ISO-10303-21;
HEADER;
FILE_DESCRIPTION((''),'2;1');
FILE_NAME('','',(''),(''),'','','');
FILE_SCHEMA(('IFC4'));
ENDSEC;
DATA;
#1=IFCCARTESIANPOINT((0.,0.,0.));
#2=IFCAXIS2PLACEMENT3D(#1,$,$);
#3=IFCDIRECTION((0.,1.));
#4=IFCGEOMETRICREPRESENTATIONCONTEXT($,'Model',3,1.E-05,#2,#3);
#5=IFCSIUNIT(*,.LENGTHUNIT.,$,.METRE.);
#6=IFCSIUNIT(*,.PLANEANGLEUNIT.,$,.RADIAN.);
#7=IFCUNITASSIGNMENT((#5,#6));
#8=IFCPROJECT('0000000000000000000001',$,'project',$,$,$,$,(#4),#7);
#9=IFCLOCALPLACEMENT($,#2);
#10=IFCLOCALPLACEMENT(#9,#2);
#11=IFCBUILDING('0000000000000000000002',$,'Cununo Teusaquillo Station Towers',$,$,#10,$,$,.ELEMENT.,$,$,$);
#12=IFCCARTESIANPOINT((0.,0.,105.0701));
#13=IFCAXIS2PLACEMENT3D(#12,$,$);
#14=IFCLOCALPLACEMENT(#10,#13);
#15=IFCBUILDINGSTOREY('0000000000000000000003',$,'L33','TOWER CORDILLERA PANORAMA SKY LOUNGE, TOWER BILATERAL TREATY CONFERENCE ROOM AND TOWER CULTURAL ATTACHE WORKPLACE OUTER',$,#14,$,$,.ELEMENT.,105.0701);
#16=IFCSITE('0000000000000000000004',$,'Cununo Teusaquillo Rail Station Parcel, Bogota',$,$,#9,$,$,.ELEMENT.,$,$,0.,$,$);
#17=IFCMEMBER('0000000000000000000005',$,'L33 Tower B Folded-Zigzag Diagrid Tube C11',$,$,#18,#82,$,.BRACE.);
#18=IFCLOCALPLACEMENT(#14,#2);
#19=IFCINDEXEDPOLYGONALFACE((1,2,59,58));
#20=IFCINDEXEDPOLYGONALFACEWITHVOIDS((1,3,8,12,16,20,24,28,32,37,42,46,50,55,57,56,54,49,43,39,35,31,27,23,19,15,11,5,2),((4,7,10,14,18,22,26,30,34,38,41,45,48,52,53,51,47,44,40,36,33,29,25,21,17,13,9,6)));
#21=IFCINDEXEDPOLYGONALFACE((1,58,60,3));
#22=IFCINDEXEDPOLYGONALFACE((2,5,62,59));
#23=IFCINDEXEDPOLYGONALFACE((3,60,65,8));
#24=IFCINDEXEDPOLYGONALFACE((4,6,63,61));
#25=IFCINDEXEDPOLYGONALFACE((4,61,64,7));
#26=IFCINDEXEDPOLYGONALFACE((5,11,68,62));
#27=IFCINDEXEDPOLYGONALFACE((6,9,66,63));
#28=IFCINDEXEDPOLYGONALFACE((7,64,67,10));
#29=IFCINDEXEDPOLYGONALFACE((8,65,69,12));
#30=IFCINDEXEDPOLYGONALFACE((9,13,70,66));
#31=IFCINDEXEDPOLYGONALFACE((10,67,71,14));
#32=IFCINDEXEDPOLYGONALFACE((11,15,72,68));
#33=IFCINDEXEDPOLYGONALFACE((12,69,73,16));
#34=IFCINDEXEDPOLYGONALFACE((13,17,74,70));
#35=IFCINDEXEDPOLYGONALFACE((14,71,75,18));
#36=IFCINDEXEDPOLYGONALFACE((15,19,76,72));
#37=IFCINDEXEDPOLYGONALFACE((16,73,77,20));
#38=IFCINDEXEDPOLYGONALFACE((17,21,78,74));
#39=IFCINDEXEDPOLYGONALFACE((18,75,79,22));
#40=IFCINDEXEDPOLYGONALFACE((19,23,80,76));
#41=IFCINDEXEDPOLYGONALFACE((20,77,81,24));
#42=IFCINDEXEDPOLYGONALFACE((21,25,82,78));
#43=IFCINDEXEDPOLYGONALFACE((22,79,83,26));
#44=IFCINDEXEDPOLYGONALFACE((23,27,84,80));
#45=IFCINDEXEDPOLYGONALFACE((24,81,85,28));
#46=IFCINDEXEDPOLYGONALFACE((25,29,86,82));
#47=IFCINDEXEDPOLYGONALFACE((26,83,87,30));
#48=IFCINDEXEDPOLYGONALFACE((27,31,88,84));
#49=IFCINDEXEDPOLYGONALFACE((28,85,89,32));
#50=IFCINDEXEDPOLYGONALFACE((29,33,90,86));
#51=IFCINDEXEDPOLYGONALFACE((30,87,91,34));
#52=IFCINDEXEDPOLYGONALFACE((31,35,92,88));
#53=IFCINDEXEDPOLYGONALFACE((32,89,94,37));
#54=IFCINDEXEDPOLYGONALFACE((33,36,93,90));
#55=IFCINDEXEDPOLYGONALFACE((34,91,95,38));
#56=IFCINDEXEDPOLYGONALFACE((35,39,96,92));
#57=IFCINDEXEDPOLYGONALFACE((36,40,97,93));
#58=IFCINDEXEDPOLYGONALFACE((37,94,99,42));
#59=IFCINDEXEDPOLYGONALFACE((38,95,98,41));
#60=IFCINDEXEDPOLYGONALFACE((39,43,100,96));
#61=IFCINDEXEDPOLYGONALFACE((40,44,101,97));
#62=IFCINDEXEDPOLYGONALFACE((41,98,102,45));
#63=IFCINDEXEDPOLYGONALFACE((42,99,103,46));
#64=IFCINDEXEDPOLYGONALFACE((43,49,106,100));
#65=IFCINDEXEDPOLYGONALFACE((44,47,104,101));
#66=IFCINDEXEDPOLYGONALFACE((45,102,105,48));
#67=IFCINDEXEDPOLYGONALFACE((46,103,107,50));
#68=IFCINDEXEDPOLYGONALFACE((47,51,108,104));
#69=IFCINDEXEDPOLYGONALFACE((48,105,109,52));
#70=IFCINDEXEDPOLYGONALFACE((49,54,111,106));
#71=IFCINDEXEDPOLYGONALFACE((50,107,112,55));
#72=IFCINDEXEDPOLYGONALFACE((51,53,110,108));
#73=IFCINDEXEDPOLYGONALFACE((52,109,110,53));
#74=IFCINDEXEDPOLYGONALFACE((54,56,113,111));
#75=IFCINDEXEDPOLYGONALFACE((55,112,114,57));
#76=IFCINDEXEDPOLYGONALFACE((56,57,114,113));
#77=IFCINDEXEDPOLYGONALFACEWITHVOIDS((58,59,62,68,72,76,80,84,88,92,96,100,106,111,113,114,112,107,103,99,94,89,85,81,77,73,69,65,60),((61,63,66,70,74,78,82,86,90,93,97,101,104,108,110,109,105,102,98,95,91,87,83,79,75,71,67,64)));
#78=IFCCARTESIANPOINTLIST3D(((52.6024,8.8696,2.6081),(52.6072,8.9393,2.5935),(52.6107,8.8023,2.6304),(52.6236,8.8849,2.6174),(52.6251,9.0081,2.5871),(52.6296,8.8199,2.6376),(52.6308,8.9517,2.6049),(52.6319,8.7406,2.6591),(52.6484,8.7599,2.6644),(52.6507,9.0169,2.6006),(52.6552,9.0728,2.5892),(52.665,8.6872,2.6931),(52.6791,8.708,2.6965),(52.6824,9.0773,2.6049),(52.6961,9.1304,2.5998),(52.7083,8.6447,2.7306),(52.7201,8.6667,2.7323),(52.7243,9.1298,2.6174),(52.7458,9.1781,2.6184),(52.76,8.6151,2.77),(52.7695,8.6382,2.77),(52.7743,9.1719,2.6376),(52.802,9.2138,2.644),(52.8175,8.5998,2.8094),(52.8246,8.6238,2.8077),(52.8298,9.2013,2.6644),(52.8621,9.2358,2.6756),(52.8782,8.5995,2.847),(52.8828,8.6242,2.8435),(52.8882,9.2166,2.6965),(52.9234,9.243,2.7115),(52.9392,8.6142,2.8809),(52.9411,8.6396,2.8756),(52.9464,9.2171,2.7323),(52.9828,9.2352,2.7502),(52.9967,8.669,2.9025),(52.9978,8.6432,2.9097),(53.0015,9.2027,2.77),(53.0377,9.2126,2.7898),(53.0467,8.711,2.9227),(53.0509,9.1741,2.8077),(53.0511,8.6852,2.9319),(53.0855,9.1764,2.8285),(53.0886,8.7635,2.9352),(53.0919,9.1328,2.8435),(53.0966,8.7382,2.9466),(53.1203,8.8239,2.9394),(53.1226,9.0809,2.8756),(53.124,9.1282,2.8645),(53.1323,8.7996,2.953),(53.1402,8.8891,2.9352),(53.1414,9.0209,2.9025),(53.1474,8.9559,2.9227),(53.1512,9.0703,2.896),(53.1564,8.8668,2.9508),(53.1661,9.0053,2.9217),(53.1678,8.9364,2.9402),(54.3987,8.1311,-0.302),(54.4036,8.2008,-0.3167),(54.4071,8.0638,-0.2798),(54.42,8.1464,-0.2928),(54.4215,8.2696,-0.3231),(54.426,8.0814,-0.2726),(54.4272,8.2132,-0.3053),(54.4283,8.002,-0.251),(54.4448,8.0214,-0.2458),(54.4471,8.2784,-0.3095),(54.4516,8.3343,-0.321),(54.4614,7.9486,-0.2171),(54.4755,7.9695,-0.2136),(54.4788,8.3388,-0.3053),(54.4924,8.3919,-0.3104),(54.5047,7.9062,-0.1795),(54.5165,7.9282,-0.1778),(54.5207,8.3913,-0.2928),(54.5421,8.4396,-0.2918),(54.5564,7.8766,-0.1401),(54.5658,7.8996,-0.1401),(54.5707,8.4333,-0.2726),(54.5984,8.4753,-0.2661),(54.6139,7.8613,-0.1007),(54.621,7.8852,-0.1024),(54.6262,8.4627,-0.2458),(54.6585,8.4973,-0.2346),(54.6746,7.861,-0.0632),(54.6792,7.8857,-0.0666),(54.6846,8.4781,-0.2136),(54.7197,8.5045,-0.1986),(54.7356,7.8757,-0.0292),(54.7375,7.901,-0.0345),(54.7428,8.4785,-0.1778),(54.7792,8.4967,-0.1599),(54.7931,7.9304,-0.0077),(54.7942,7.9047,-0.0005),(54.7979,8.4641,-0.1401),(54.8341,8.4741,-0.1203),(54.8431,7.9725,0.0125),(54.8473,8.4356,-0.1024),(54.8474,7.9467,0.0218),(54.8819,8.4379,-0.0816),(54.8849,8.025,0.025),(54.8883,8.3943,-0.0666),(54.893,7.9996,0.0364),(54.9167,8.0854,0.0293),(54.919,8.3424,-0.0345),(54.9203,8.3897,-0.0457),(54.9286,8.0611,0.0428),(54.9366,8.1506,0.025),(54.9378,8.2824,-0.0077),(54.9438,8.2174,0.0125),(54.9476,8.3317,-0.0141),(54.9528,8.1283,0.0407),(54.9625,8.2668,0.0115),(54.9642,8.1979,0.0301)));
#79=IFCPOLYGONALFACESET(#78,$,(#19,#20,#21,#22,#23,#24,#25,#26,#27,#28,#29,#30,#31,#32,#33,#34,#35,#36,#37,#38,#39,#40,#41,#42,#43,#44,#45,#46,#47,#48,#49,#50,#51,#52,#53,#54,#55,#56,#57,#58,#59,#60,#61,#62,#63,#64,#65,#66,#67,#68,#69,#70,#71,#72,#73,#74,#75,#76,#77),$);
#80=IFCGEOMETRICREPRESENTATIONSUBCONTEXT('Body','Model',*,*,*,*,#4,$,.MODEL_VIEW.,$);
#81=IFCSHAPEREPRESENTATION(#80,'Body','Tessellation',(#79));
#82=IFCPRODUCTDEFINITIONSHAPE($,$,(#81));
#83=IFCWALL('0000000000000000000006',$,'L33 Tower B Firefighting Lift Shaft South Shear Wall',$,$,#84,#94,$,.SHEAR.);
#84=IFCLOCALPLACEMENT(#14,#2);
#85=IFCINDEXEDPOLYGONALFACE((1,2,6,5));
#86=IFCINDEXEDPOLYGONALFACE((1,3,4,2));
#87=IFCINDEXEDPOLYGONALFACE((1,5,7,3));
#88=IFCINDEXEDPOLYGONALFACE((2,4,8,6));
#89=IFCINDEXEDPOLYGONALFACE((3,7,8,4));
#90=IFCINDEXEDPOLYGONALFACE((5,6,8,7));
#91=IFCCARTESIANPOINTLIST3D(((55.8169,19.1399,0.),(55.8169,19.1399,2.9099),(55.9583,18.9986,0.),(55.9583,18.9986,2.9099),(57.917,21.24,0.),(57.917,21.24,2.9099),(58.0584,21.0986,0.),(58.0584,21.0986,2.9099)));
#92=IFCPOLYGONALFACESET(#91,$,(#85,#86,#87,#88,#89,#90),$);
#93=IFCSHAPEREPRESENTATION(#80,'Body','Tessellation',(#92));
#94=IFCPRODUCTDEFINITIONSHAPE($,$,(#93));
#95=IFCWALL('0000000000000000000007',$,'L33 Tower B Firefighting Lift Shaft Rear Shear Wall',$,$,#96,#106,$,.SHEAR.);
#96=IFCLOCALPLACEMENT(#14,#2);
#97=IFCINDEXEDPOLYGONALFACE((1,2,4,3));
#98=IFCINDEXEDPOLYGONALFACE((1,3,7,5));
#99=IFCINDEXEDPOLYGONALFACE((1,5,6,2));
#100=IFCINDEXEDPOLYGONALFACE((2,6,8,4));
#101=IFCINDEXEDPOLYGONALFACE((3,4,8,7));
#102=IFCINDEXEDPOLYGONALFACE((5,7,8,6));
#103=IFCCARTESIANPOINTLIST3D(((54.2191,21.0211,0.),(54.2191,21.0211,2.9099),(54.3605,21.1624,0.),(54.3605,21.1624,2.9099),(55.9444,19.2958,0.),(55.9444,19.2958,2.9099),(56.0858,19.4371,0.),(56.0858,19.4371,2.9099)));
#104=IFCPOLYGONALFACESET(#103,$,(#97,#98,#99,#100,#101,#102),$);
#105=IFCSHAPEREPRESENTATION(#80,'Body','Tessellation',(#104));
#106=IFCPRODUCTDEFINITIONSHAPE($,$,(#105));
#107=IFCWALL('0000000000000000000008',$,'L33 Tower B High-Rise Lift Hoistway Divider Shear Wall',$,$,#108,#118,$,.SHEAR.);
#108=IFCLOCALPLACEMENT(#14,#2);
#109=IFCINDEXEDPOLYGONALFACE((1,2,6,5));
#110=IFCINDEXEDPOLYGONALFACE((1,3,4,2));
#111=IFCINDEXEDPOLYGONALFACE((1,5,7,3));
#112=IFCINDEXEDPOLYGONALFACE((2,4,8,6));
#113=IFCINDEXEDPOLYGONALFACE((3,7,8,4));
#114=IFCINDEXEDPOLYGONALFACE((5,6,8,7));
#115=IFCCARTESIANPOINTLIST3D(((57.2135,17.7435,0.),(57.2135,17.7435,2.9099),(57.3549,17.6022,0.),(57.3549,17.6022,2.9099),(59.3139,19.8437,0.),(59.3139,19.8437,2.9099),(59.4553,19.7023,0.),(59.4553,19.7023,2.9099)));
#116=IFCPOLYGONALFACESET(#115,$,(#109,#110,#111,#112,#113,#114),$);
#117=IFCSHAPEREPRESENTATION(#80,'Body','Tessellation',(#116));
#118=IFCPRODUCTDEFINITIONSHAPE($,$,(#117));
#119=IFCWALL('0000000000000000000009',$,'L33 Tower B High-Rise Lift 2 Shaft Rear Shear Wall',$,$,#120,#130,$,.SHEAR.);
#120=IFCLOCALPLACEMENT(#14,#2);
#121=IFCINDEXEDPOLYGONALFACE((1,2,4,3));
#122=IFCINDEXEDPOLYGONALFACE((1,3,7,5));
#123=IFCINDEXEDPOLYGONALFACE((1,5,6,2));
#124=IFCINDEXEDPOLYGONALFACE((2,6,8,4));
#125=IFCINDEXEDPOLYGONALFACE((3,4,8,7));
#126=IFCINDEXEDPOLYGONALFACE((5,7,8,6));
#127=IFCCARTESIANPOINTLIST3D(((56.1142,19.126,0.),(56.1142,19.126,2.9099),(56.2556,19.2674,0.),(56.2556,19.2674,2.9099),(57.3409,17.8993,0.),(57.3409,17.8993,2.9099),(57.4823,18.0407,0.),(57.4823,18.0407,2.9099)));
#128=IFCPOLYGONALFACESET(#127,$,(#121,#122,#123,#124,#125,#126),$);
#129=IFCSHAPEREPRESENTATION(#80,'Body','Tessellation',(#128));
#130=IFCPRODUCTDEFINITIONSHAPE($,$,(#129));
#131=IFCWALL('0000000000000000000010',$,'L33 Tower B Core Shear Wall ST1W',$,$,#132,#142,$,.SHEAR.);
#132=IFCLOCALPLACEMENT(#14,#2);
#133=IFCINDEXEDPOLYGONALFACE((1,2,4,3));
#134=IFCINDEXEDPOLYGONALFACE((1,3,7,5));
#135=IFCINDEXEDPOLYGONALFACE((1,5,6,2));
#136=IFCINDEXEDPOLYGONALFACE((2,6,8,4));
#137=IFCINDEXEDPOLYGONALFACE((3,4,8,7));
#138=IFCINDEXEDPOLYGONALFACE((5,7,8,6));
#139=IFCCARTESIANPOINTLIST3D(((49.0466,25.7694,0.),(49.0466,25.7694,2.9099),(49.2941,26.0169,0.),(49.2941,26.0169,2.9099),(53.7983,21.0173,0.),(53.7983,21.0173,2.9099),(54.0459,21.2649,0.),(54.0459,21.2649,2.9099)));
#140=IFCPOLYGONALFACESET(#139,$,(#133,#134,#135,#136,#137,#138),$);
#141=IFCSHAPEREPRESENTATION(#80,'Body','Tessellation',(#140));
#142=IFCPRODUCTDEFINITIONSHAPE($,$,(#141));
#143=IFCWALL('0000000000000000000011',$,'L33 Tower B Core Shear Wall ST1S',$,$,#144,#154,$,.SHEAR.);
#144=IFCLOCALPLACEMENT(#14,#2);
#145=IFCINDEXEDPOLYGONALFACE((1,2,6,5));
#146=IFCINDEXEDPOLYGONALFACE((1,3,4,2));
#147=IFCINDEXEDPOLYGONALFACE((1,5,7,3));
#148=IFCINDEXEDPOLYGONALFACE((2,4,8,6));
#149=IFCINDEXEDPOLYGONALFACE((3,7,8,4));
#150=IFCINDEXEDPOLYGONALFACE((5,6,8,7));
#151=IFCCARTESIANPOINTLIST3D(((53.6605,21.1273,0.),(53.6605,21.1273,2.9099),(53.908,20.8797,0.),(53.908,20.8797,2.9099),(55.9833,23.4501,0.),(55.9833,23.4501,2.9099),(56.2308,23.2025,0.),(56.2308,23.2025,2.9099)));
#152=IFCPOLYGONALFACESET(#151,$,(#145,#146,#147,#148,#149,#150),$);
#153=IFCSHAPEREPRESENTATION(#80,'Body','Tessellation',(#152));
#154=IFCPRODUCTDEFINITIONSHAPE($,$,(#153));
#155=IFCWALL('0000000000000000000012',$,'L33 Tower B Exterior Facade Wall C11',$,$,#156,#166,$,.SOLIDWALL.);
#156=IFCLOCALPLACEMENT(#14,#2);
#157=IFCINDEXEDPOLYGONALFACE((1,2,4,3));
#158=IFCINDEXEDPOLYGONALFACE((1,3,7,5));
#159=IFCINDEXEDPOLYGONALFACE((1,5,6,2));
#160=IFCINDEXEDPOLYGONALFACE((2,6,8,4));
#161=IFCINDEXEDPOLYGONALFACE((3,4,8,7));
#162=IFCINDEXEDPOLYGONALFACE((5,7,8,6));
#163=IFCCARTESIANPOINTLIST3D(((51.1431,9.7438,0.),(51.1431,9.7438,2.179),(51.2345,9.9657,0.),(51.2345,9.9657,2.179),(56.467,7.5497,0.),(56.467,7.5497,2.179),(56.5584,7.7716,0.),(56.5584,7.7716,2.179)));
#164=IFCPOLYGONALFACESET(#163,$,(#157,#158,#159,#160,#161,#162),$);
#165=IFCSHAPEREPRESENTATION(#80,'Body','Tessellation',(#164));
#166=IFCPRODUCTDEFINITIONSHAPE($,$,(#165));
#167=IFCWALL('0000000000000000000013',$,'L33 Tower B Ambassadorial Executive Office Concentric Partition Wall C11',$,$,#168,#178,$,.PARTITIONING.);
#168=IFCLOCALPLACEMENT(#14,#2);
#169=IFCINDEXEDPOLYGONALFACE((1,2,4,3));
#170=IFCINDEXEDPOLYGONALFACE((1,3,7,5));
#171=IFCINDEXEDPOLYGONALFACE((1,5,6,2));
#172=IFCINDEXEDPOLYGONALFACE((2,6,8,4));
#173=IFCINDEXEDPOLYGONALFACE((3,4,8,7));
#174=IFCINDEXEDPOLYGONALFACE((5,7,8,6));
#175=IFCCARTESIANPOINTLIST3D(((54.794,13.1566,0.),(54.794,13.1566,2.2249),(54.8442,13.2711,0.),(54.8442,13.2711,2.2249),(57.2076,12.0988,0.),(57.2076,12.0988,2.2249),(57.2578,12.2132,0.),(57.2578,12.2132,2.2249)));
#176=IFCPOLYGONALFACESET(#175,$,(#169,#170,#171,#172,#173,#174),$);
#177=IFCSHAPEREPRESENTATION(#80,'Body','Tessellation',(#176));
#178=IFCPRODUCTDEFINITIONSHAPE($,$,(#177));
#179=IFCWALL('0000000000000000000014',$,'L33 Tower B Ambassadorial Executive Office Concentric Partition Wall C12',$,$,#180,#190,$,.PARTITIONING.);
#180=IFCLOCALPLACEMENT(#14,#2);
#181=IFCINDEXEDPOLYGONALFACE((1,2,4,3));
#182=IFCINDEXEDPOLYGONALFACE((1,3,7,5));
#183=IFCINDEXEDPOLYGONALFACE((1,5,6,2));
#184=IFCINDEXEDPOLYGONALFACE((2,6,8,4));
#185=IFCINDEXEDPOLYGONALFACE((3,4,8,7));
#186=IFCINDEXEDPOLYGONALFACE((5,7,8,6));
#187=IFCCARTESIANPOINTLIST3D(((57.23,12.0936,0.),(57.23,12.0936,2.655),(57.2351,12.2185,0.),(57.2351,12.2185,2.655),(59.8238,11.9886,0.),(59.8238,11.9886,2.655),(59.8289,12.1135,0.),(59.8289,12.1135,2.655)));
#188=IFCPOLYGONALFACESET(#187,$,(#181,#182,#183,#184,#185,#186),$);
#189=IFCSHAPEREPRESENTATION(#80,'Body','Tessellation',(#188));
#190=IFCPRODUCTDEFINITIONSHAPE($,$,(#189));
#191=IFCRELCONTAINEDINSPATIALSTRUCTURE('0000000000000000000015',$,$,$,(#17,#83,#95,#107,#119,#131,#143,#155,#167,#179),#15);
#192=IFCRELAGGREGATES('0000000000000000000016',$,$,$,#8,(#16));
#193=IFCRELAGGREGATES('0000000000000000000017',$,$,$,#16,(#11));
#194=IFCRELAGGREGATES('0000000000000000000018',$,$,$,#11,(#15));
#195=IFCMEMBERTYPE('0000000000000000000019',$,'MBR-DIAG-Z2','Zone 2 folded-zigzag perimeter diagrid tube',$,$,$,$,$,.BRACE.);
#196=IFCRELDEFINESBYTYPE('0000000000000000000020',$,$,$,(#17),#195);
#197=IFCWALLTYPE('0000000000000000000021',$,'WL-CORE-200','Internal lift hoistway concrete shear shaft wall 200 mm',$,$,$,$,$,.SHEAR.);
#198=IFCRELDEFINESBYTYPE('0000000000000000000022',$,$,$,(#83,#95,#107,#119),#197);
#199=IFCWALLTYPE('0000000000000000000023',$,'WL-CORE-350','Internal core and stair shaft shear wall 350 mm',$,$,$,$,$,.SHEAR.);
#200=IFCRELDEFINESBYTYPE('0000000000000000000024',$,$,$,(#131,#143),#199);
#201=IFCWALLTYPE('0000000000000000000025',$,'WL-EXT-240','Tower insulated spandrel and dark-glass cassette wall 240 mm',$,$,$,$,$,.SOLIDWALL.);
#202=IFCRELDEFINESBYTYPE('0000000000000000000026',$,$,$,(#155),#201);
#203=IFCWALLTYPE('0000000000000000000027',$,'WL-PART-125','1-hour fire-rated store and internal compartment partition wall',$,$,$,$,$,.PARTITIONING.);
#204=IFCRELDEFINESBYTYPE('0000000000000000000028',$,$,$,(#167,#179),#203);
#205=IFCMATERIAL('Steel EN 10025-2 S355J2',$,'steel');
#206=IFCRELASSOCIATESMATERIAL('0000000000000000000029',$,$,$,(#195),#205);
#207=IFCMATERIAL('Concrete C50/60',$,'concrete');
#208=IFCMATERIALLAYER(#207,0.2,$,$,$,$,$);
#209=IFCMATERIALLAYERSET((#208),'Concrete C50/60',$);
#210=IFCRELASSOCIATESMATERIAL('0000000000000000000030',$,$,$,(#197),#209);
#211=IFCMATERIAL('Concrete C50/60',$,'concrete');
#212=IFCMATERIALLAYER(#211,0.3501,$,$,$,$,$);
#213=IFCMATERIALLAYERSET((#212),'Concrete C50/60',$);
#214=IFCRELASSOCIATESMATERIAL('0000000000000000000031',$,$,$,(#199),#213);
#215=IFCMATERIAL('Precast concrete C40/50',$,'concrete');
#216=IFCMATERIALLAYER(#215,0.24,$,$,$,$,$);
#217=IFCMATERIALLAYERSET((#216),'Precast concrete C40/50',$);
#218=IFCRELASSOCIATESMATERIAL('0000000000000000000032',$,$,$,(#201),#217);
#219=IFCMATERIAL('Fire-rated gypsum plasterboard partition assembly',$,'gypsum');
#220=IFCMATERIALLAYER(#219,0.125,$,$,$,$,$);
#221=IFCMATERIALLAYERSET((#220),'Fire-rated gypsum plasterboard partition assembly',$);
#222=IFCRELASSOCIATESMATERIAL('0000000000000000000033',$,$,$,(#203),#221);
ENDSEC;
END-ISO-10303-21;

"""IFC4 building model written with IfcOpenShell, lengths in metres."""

from ifc_helpers import new_model, si_unit, direction, frame, frame_2d, origin, origin_2d, place, context, subcontext, project, spatial, rectangle, hollow_circle, extrude, material, layer, layer_set, material_profile, profile_set, type_object, element, save


model = new_model("IFC4")

# Units and contexts
model_context = context("Model", 3, precision=1e-05, world=origin(), true_north=direction((0.0, 1.0)))
body_context = subcontext(model_context, "Body", "Model", "MODEL_VIEW")
ifc_project = project(units=[si_unit("LENGTHUNIT", "METRE"), si_unit("PLANEANGLEUNIT", "RADIAN")], contexts=[model_context])

# Site, building, storey
site_placement = place(None, origin())
site = spatial("IfcSite", under=ifc_project, at=site_placement, Name="Cununo Teusaquillo Rail Station Parcel, Bogota", CompositionType="ELEMENT", RefElevation=0.0)
building_placement = place(site_placement, origin())
building = spatial("IfcBuilding", under=site, at=building_placement, Name="Cununo Teusaquillo Station Towers", CompositionType="ELEMENT")
storey_placement = place(building_placement, frame((0.0, 0.0, 105.0701)))
storey = spatial("IfcBuildingStorey", under=building, at=storey_placement, Name="L33", Description="TOWER CORDILLERA PANORAMA SKY LOUNGE, TOWER BILATERAL TREATY CONFERENCE ROOM AND TOWER CULTURAL ATTACHE WORKPLACE OUTER", CompositionType="ELEMENT", Elevation=105.0701)

# Member
ifc_material_1 = material(Name="Steel EN 10025-2 S355J2", Category="steel")
ifc_material_profile_1 = material_profile(ifc_material_1, hollow_circle(Radius=0.3301, WallThickness=0.0249, at=origin_2d()), Name="CHS 660x25")
ifc_profile_set_1 = profile_set([ifc_material_profile_1], Name="Steel EN 10025-2 S355J2")
member_type = type_object("IfcMemberType", Name="MBR-DIAG-Z2", Description="Zone 2 folded-zigzag perimeter diagrid tube", PredefinedType="BRACE", material=ifc_profile_set_1)
member_placement = place(storey_placement, frame((54.6819, 8.1819, -0.1401), z_axis=(-0.513433, 0.211081, 0.831764), x_axis=(-0.380238, -0.924889, 0.0)))
element("IfcMember", 1, at=member_placement, inside=storey, type_object=member_type, Name="L33 Tower B Folded-Zigzag Diagrid Tube C11", PredefinedType="BRACE", context=body_context, shape_type="SweptSolid", body=[
    extrude(hollow_circle(Radius=0.3301, WallThickness=0.0249, at=origin_2d()), origin(), (0.0, 0.0, 1.0), 3.4988),
])

# Walls
ifc_material_2 = material(Name="Concrete C50/60", Category="concrete")
ifc_layer_1 = layer(ifc_material_2, 0.2)
ifc_layer_set_1 = layer_set([ifc_layer_1], Name="Concrete C50/60")
wall_type_1 = type_object("IfcWallType", Name="WL-CORE-200", Description="Internal lift hoistway concrete shear shaft wall 200 mm", PredefinedType="SHEAR", material=ifc_layer_set_1)
wall_1_placement = place(storey_placement, frame((55.8877, 19.0693, 0.0), z_axis=(0.0, 0.0, 1.0), x_axis=(0.707107, 0.707107, 0.0)))
element("IfcWall", 2, at=wall_1_placement, inside=storey, type_object=wall_type_1, Name="L33 Tower B Firefighting Lift Shaft South Shear Wall", PredefinedType="SHEAR", context=body_context, shape_type="SweptSolid", body=[
    extrude(rectangle(XDim=2.97, YDim=0.2, at=frame_2d((1.4849, 0.0))), origin(), (0.0, 0.0, 1.0), 2.9099),
])
wall_2_placement = place(storey_placement, frame((56.0151, 19.3665, 0.0), z_axis=(0.0, 0.0, 1.0), x_axis=(-0.707107, 0.707107, 0.0)))
element("IfcWall", 3, at=wall_2_placement, inside=storey, type_object=wall_type_1, Name="L33 Tower B Firefighting Lift Shaft Rear Shear Wall", PredefinedType="SHEAR", context=body_context, shape_type="SweptSolid", body=[
    extrude(rectangle(XDim=2.4399, YDim=0.2, at=frame_2d((1.22, 0.0))), origin(), (0.0, 0.0, 1.0), 2.9099),
])
wall_3_placement = place(storey_placement, frame((57.2842, 17.6729, 0.0), z_axis=(0.0, 0.0, 1.0), x_axis=(0.707148, 0.707066, 0.0)))
element("IfcWall", 4, at=wall_3_placement, inside=storey, type_object=wall_type_1, Name="L33 Tower B High-Rise Lift Hoistway Divider Shear Wall", PredefinedType="SHEAR", context=body_context, shape_type="SweptSolid", body=[
    extrude(rectangle(XDim=2.9702, YDim=0.2, at=frame_2d((1.4851, 0.0))), origin(), (0.0, 0.0, 1.0), 2.9099),
])
wall_4_placement = place(storey_placement, frame((57.4116, 17.97, 0.0), z_axis=(0.0, 0.0, 1.0), x_axis=(-0.707107, 0.707107, 0.0)))
element("IfcWall", 5, at=wall_4_placement, inside=storey, type_object=wall_type_1, Name="L33 Tower B High-Rise Lift 2 Shaft Rear Shear Wall", PredefinedType="SHEAR", context=body_context, shape_type="SweptSolid", body=[
    extrude(rectangle(XDim=1.7349, YDim=0.2, at=frame_2d((0.8674, 0.0))), origin(), (0.0, 0.0, 1.0), 2.9099),
])
ifc_material_3 = material(Name="Concrete C50/60", Category="concrete")
ifc_layer_2 = layer(ifc_material_3, 0.3501)
ifc_layer_set_2 = layer_set([ifc_layer_2], Name="Concrete C50/60")
wall_type_2 = type_object("IfcWallType", Name="WL-CORE-350", Description="Internal core and stair shaft shear wall 350 mm", PredefinedType="SHEAR", material=ifc_layer_set_2)
wall_5_placement = place(storey_placement, frame((53.9221, 21.1411, 0.0), z_axis=(0.0, 0.0, 1.0), x_axis=(-0.707089, 0.707125, 0.0)))
element("IfcWall", 6, at=wall_5_placement, inside=storey, type_object=wall_type_2, Name="L33 Tower B Core Shear Wall ST1W", PredefinedType="SHEAR", context=body_context, shape_type="SweptSolid", body=[
    extrude(rectangle(XDim=6.7202, YDim=0.3501, at=frame_2d((3.3601, 0.0))), origin(), (0.0, 0.0, 1.0), 2.9099),
])
wall_6_placement = place(storey_placement, frame((53.7842, 21.0034, 0.0), z_axis=(0.0, 0.0, 1.0), x_axis=(0.707107, 0.707107, 0.0)))
element("IfcWall", 7, at=wall_6_placement, inside=storey, type_object=wall_type_2, Name="L33 Tower B Core Shear Wall ST1S", PredefinedType="SHEAR", context=body_context, shape_type="SweptSolid", body=[
    extrude(rectangle(XDim=3.2849, YDim=0.3501, at=frame_2d((1.6426, 0.0))), origin(), (0.0, 0.0, 1.0), 2.9099),
])
ifc_material_4 = material(Name="Precast concrete C40/50", Category="concrete")
ifc_layer_3 = layer(ifc_material_4, 0.24)
ifc_layer_set_3 = layer_set([ifc_layer_3], Name="Precast concrete C40/50")
wall_type_3 = type_object("IfcWallType", Name="WL-EXT-240", Description="Tower insulated spandrel and dark-glass cassette wall 240 mm", PredefinedType="SOLIDWALL", material=ifc_layer_set_3)
wall_7_placement = place(storey_placement, frame((56.5127, 7.6606, 0.0), z_axis=(0.0, 0.0, 1.0), x_axis=(-0.924564, 0.381027, 0.0)))
element("IfcWall", 8, at=wall_7_placement, inside=storey, type_object=wall_type_3, Name="L33 Tower B Exterior Facade Wall C11", PredefinedType="SOLIDWALL", context=body_context, shape_type="SweptSolid", body=[
    extrude(rectangle(XDim=5.7583, YDim=0.24, at=frame_2d((2.8792, 0.0))), origin(), (0.0, 0.0, 1.0), 2.179),
])
ifc_material_5 = material(Name="Fire-rated gypsum plasterboard partition assembly", Category="gypsum")
ifc_layer_4 = layer(ifc_material_5, 0.125)
ifc_layer_set_4 = layer_set([ifc_layer_4], Name="Fire-rated gypsum plasterboard partition assembly")
wall_type_4 = type_object("IfcWallType", Name="WL-PART-125", Description="1-hour fire-rated store and internal compartment partition wall", PredefinedType="PARTITIONING", material=ifc_layer_set_4)
wall_8_placement = place(storey_placement, frame((54.8191, 13.2139, 0.0), z_axis=(0.0, 0.0, 1.0), x_axis=(0.915889, -0.401431, 0.0)))
element("IfcWall", 9, at=wall_8_placement, inside=storey, type_object=wall_type_4, Name="L33 Tower B Ambassadorial Executive Office Concentric Partition Wall C11", PredefinedType="PARTITIONING", context=body_context, shape_type="SweptSolid", body=[
    extrude(rectangle(XDim=2.6353, YDim=0.125, at=frame_2d((1.3176, 0.0))), origin(), (0.0, 0.0, 1.0), 2.2249),
])
wall_9_placement = place(storey_placement, frame((57.2327, 12.156, 0.0), z_axis=(0.0, 0.0, 1.0), x_axis=(0.999182, -0.040441, 0.0)))
element("IfcWall", 10, at=wall_9_placement, inside=storey, type_object=wall_type_4, Name="L33 Tower B Ambassadorial Executive Office Concentric Partition Wall C12", PredefinedType="PARTITIONING", context=body_context, shape_type="SweptSolid", body=[
    extrude(rectangle(XDim=2.5959, YDim=0.125, at=frame_2d((1.2979, 0.0))), origin(), (0.0, 0.0, 1.0), 2.655),
])

save(model, "model.ifc")
